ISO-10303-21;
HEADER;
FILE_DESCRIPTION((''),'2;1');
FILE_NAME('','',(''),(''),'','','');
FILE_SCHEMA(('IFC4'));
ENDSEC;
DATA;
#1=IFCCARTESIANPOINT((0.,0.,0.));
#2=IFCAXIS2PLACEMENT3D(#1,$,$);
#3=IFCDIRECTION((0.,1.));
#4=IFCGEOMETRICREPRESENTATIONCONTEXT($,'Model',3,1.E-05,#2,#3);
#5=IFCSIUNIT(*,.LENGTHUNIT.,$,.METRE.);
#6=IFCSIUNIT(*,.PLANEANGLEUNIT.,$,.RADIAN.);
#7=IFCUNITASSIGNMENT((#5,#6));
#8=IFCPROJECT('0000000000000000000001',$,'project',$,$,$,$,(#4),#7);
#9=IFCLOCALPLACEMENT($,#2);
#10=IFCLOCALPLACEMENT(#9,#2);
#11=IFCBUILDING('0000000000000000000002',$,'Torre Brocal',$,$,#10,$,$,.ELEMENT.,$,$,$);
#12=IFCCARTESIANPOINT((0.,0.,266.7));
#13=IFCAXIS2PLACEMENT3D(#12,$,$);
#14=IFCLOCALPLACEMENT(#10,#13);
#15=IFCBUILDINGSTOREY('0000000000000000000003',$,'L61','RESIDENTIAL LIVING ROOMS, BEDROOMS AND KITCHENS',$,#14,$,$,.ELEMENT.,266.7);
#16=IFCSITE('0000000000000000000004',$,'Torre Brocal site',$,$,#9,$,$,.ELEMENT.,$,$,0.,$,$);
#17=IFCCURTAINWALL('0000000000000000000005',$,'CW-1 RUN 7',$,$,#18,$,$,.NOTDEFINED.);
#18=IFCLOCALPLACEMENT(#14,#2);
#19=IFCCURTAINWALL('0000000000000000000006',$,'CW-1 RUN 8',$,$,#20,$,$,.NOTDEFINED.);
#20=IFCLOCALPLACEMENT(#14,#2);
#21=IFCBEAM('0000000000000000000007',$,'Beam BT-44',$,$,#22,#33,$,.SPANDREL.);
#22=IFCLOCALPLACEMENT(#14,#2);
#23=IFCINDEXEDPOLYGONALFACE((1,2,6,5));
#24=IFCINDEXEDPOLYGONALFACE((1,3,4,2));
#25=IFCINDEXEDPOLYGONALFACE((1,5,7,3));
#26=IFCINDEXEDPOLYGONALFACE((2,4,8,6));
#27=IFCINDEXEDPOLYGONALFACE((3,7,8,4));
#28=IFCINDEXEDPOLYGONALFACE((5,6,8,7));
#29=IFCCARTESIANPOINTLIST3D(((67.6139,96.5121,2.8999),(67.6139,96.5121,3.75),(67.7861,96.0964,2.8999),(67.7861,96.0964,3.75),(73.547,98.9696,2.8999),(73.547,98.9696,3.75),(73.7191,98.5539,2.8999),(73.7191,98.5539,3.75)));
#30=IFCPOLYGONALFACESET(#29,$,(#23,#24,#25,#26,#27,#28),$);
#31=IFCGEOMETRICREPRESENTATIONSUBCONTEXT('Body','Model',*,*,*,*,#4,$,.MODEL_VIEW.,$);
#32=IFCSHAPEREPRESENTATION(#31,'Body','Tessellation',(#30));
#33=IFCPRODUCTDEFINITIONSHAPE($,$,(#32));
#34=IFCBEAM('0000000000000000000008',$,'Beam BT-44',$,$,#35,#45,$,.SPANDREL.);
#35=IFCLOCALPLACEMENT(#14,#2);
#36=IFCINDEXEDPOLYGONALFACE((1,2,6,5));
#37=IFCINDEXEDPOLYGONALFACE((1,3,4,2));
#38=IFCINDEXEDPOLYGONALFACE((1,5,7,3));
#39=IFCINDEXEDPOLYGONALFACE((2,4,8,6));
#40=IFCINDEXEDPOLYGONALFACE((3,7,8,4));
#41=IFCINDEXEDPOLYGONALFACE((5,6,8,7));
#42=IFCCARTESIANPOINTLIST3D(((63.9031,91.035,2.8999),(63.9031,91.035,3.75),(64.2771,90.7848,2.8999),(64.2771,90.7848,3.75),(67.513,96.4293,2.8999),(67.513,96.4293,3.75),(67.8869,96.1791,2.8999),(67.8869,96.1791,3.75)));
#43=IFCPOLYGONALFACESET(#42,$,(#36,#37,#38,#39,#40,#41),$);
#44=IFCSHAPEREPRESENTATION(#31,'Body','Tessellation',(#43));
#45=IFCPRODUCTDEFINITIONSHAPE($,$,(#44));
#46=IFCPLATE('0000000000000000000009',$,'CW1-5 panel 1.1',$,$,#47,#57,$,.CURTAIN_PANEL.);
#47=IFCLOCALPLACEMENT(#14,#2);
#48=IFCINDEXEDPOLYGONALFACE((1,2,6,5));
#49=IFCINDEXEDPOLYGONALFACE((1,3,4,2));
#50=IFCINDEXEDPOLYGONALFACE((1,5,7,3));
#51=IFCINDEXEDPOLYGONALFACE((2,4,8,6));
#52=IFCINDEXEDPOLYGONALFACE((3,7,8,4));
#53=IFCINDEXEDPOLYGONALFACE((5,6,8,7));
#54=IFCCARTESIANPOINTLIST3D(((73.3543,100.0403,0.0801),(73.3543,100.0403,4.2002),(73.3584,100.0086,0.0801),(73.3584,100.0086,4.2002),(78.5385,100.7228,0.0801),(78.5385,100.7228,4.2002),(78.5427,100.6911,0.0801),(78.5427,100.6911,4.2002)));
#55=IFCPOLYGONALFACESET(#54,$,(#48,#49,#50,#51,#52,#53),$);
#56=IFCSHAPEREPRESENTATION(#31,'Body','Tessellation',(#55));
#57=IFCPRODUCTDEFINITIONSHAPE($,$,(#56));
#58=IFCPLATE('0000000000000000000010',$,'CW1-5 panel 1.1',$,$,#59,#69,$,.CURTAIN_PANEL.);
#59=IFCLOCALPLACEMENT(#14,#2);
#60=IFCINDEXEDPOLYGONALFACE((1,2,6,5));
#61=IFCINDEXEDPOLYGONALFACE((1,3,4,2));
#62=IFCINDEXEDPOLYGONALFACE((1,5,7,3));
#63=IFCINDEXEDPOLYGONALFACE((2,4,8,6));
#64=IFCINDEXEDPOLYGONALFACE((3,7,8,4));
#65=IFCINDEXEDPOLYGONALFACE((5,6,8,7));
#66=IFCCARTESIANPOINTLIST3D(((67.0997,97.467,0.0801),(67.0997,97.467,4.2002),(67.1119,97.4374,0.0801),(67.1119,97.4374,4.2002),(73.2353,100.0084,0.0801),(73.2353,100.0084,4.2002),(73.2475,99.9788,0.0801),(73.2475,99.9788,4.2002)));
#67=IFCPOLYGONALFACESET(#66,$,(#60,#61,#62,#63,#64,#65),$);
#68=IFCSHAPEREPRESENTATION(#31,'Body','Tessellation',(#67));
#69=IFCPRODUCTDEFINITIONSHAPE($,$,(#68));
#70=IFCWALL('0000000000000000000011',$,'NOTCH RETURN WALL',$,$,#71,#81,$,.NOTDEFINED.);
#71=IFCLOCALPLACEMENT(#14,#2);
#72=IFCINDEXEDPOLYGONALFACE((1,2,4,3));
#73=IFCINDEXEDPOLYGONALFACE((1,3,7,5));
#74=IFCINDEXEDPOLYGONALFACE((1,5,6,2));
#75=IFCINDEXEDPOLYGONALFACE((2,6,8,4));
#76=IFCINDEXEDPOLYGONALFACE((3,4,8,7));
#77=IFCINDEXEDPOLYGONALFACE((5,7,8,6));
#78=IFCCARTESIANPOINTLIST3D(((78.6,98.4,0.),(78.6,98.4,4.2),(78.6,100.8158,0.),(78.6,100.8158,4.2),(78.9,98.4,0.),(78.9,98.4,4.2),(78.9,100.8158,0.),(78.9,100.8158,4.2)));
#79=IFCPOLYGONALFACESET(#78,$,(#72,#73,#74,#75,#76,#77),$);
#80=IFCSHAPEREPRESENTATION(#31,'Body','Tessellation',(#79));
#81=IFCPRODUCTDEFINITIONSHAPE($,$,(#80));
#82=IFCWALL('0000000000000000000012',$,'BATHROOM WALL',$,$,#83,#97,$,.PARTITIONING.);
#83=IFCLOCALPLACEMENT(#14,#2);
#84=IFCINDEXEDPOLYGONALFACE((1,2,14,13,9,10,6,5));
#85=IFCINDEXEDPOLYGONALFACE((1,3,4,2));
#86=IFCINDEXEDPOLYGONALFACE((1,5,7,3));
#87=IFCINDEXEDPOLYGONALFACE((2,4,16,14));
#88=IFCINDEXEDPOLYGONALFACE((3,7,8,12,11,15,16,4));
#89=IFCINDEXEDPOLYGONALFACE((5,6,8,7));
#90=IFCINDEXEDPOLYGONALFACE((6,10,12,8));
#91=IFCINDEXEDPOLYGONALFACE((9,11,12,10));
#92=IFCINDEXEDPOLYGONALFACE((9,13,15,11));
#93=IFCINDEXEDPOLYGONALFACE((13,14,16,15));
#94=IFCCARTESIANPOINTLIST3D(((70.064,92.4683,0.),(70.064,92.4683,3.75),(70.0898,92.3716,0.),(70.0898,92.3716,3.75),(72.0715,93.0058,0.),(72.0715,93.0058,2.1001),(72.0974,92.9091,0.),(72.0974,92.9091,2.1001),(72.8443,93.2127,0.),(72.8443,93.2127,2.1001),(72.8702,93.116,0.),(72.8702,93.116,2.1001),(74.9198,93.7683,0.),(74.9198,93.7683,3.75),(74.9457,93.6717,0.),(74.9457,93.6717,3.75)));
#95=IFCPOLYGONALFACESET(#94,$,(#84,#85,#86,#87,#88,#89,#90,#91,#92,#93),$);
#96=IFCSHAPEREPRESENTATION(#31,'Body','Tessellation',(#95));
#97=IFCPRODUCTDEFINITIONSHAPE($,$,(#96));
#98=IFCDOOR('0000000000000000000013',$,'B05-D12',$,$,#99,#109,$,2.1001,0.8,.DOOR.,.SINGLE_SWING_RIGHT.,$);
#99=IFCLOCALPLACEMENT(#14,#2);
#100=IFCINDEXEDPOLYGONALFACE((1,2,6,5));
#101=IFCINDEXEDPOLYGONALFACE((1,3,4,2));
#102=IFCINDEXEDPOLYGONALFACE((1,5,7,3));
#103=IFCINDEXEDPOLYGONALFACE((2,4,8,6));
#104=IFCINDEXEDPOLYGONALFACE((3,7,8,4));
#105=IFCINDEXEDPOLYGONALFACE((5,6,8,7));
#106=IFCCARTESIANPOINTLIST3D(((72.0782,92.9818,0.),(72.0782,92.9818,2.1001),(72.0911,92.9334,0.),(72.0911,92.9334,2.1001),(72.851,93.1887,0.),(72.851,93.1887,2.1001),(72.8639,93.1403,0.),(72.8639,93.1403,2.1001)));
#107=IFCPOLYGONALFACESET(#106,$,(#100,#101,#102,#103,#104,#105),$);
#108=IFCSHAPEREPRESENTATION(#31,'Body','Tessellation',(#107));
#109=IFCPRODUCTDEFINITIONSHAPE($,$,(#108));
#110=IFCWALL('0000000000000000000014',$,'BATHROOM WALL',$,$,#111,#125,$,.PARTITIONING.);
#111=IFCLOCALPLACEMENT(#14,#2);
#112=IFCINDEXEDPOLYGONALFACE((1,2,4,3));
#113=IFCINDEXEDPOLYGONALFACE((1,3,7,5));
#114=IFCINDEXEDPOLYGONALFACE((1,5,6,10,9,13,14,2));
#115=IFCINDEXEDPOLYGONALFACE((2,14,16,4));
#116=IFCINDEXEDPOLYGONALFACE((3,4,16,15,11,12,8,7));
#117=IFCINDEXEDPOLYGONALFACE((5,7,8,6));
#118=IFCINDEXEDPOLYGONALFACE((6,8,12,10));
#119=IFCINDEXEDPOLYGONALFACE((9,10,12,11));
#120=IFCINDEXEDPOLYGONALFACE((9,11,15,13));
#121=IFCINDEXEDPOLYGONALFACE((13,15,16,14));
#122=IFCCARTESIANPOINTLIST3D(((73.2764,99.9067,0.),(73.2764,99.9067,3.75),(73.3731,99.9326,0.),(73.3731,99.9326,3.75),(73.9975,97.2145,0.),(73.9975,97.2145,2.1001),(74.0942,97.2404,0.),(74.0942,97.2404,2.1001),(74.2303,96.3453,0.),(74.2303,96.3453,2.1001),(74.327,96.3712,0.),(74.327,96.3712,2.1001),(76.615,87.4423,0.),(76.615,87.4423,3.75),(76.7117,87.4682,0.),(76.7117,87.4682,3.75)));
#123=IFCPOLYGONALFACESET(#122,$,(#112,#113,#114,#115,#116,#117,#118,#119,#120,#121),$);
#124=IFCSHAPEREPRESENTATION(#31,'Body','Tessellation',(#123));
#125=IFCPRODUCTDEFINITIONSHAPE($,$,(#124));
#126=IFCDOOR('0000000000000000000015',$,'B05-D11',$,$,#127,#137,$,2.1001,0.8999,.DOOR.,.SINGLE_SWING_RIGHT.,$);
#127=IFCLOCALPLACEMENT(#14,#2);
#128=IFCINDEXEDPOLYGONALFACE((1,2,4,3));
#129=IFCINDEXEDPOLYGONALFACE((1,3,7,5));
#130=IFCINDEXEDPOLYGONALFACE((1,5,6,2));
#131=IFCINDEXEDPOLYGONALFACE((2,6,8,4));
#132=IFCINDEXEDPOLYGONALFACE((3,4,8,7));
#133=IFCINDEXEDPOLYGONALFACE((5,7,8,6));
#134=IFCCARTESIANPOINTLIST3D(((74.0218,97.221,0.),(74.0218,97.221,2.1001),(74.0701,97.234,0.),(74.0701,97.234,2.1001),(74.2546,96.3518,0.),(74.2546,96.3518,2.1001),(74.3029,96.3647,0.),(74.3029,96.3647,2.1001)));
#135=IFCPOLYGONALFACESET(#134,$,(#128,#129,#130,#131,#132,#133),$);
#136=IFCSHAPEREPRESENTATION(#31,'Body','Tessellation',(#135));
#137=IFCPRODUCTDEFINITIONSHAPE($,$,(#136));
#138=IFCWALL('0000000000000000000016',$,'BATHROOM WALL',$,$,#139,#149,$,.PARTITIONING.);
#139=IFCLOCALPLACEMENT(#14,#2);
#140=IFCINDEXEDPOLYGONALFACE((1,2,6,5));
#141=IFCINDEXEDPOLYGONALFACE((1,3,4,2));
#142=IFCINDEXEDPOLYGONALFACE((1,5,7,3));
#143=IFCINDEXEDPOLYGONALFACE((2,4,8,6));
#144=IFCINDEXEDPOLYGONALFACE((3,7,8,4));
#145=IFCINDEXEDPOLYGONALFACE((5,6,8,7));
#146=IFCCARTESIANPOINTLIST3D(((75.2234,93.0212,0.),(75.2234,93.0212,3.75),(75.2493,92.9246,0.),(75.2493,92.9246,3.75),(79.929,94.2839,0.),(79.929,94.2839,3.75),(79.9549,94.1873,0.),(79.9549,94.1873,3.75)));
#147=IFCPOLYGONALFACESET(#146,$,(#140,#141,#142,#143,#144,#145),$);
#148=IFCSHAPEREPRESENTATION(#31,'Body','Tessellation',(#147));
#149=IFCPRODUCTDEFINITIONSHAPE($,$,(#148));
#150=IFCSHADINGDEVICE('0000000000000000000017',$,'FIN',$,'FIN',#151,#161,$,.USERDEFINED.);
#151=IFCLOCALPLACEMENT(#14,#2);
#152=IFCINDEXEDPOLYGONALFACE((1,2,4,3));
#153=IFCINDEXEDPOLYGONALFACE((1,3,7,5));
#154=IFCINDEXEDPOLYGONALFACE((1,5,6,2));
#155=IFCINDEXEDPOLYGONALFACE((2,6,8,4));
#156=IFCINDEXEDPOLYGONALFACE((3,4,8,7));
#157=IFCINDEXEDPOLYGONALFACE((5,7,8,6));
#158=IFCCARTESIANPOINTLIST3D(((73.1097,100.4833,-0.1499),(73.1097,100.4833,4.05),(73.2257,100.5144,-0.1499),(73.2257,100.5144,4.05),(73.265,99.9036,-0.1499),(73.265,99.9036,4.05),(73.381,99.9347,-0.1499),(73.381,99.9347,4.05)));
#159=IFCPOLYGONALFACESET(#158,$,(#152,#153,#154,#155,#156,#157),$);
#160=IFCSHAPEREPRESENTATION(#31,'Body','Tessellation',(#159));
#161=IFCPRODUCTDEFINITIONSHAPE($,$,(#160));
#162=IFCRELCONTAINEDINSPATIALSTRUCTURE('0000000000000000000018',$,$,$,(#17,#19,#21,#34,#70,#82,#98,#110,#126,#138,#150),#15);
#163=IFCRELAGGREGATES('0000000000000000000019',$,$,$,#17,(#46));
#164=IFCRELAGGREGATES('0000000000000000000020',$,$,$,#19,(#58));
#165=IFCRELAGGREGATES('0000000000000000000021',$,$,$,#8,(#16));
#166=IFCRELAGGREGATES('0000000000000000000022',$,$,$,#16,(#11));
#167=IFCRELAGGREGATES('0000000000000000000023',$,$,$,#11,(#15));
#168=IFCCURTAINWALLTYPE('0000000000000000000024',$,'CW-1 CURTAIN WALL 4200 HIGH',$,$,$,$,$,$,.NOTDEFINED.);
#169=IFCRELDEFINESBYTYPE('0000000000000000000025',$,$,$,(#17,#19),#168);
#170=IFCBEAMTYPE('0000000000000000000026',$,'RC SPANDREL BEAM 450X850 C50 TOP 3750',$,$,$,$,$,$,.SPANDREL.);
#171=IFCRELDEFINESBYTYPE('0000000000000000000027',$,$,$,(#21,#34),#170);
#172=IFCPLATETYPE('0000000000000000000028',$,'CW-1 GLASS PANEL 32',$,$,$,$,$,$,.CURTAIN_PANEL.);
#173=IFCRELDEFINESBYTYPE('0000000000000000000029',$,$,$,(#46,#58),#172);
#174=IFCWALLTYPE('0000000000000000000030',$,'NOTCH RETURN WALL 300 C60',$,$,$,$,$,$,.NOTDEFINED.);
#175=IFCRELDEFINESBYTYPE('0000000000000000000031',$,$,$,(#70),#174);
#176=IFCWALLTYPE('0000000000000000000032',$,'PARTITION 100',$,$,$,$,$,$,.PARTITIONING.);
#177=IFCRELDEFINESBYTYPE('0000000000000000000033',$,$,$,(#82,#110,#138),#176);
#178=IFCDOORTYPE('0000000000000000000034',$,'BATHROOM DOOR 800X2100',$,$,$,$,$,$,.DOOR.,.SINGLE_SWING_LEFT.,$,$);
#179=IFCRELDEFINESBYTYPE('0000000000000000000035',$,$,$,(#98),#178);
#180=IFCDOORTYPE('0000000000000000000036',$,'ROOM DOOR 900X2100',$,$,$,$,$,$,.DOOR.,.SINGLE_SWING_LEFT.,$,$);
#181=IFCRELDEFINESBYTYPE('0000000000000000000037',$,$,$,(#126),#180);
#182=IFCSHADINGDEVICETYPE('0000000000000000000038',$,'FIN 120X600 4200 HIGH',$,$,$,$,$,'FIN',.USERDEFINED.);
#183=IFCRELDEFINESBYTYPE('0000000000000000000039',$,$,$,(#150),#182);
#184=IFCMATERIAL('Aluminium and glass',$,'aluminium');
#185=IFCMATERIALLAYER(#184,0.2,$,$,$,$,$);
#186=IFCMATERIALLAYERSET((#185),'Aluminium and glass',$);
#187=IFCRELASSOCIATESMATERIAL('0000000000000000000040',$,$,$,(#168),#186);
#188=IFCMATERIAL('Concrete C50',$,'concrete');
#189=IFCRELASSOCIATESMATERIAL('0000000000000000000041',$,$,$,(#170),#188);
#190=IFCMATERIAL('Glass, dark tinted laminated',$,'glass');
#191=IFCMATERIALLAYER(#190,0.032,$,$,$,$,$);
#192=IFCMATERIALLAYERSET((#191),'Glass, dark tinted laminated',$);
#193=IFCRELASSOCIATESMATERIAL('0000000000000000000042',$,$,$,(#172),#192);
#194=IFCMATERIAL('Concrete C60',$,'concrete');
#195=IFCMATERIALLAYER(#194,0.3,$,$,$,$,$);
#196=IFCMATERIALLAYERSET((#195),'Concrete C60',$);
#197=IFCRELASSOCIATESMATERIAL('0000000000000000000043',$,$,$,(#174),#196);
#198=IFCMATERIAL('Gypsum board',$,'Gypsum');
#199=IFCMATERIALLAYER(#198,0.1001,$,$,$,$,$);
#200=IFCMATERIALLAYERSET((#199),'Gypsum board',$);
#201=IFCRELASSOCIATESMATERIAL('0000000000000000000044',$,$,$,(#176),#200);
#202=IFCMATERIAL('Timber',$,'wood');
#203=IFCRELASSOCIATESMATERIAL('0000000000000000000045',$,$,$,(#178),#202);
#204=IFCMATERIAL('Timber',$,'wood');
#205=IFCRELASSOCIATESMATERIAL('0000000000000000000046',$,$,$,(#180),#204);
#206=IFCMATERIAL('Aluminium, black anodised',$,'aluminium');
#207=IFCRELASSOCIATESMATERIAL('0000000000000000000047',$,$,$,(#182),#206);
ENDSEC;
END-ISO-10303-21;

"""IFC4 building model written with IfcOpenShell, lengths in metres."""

from ifc_helpers import new_model, si_unit, direction, frame, frame_2d, origin, origin_2d, place, context, subcontext, project, spatial, rectangle, extrude, material, layer, layer_set, material_profile, profile_set, type_object, element, fill, aggregate, save


model = new_model("IFC4")

# Units and contexts
model_context = context("Model", 3, precision=1e-05, world=origin(), true_north=direction((0.0, 1.0)))
body_context = subcontext(model_context, "Body", "Model", "MODEL_VIEW")
ifc_project = project(units=[si_unit("LENGTHUNIT", "METRE"), si_unit("PLANEANGLEUNIT", "RADIAN")], contexts=[model_context])

# Site, building, storey
site_placement = place(None, origin())
site = spatial("IfcSite", under=ifc_project, at=site_placement, Name="Torre Brocal site", CompositionType="ELEMENT", RefElevation=0.0)
building_placement = place(site_placement, origin())
building = spatial("IfcBuilding", under=site, at=building_placement, Name="Torre Brocal", CompositionType="ELEMENT")
storey_placement = place(building_placement, frame((0.0, 0.0, 266.7)))
storey = spatial("IfcBuildingStorey", under=building, at=storey_placement, Name="L61", Description="RESIDENTIAL LIVING ROOMS, BEDROOMS AND KITCHENS", CompositionType="ELEMENT", Elevation=266.7)

# Curtain wall
ifc_material_1 = material(Name="Aluminium and glass", Category="aluminium")
ifc_layer_1 = layer(ifc_material_1, 0.2)
ifc_layer_set_1 = layer_set([ifc_layer_1], Name="Aluminium and glass")
curtain_wall_type = type_object("IfcCurtainWallType", Name="CW-1 CURTAIN WALL 4200 HIGH", PredefinedType="NOTDEFINED", material=ifc_layer_set_1)
curtain_wall_1_placement = place(storey_placement, origin())
curtain_wall_1 = element("IfcCurtainWall", 1, at=curtain_wall_1_placement, inside=storey, type_object=curtain_wall_type, Name="CW-1 RUN 7", PredefinedType="NOTDEFINED")

# Curtain wall
curtain_wall_2_placement = place(storey_placement, origin())
curtain_wall_2 = element("IfcCurtainWall", 2, at=curtain_wall_2_placement, inside=storey, type_object=curtain_wall_type, Name="CW-1 RUN 8", PredefinedType="NOTDEFINED")

# Beams
ifc_material_2 = material(Name="Concrete C50", Category="concrete")
ifc_material_profile_1 = material_profile(ifc_material_2, rectangle(XDim=0.45, YDim=0.8501, at=origin_2d()), Name="RC 450X850")
ifc_profile_set_1 = profile_set([ifc_material_profile_1], Name="Concrete C50")
beam_type_1 = type_object("IfcBeamType", Name="RC SPANDREL BEAM 450X850 C50 TOP 3750", PredefinedType="SPANDREL", material=ifc_profile_set_1)
beam_1_placement = place(storey_placement, frame((73.6331, 98.7617, 3.325), z_axis=(-0.923882, -0.382676, 0.0), x_axis=(0.382676, -0.923882, 0.0)))
element("IfcBeam", 3, at=beam_1_placement, inside=storey, type_object=beam_type_1, Name="Beam BT-44", PredefinedType="SPANDREL", context=body_context, shape_type="SweptSolid", body=[
    extrude(rectangle(XDim=0.45, YDim=0.8501, at=origin_2d()), origin(), (0.0, 0.0, 1.0), 6.4219),
])
beam_2_placement = place(storey_placement, frame((67.7, 96.3042, 3.325), z_axis=(-0.556158, -0.831077, 0.0), x_axis=(0.831077, -0.556158, 0.0)))
element("IfcBeam", 4, at=beam_2_placement, inside=storey, type_object=beam_type_1, Name="Beam BT-44", PredefinedType="SPANDREL", context=body_context, shape_type="SweptSolid", body=[
    extrude(rectangle(XDim=0.45, YDim=0.8501, at=origin_2d()), origin(), (0.0, 0.0, 1.0), 6.4907),
])

# Plates
ifc_material_3 = material(Name="Glass, dark tinted laminated", Category="glass")
ifc_layer_2 = layer(ifc_material_3, 0.032)
ifc_layer_set_2 = layer_set([ifc_layer_2], Name="Glass, dark tinted laminated")
plate_type = type_object("IfcPlateType", Name="CW-1 GLASS PANEL 32", PredefinedType="CURTAIN_PANEL", material=ifc_layer_set_2)
plate_1_placement = place(storey_placement, frame((75.9485, 100.3657, 0.0801), z_axis=(0.0, 0.0, 1.0), x_axis=(-0.991445, -0.130526, 0.0)))
plate_1 = element("IfcPlate", 5, at=plate_1_placement, type_object=plate_type, Name="CW1-5 panel 1.1", PredefinedType="CURTAIN_PANEL", context=body_context, shape_type="SweptSolid", body=[
    extrude(rectangle(XDim=5.229, YDim=0.032, at=origin_2d()), origin(), (0.0, 0.0, 1.0), 4.1201),
])
aggregate(curtain_wall_1, [plate_1])
plate_2_placement = place(storey_placement, frame((70.1736, 98.7229, 0.0801), z_axis=(0.0, 0.0, 1.0), x_axis=(-0.92388, -0.382683, 0.0)))
plate_2 = element("IfcPlate", 6, at=plate_2_placement, type_object=plate_type, Name="CW1-5 panel 1.1", PredefinedType="CURTAIN_PANEL", context=body_context, shape_type="SweptSolid", body=[
    extrude(rectangle(XDim=6.6411, YDim=0.032, at=origin_2d()), origin(), (0.0, 0.0, 1.0), 4.1201),
])
aggregate(curtain_wall_2, [plate_2])

# Wall
ifc_material_4 = material(Name="Concrete C60", Category="concrete")
ifc_layer_3 = layer(ifc_material_4, 0.3)
ifc_layer_set_3 = layer_set([ifc_layer_3], Name="Concrete C60")
wall_type_1 = type_object("IfcWallType", Name="NOTCH RETURN WALL 300 C60", PredefinedType="NOTDEFINED", material=ifc_layer_set_3)
wall_1_placement = place(storey_placement, frame((78.75, 98.3999, 0.0), z_axis=(0.0, 0.0, 1.0), x_axis=(0.0, 1.0, 0.0)))
element("IfcWall", 7, at=wall_1_placement, inside=storey, type_object=wall_type_1, Name="NOTCH RETURN WALL", PredefinedType="NOTDEFINED", context=body_context, shape_type="SweptSolid", body=[
    extrude(rectangle(XDim=2.4158, YDim=0.3, at=frame_2d((1.208, 0.0))), origin(), (0.0, 0.0, 1.0), 4.2),
])

# Walls, openings, doors
ifc_material_5 = material(Name="Gypsum board", Category="Gypsum")
ifc_layer_4 = layer(ifc_material_5, 0.1001)
ifc_layer_set_4 = layer_set([ifc_layer_4], Name="Gypsum board")
wall_type_2 = type_object("IfcWallType", Name="PARTITION 100", PredefinedType="PARTITIONING", material=ifc_layer_set_4)
wall_2_placement = place(storey_placement, frame((70.0769, 92.4199, 0.0), z_axis=(0.0, 0.0, 1.0), x_axis=(0.965977, 0.258627, 0.0)))
wall_2 = element("IfcWall", 8, at=wall_2_placement, inside=storey, type_object=wall_type_2, Name="BATHROOM WALL", PredefinedType="PARTITIONING", context=body_context, shape_type="SweptSolid", body=[
    extrude(rectangle(XDim=5.0269, YDim=0.1001, at=frame_2d((2.5134, 0.0))), origin(), (0.0, 0.0, 1.0), 3.75),
])
opening_1_placement = place(wall_2_placement, frame((2.0784, 0.0, 0.0)))
opening_1 = element("IfcOpeningElement", 9, at=opening_1_placement, cuts=wall_2, PredefinedType="OPENING", context=body_context, shape_type="SweptSolid", body=[
    extrude(rectangle(XDim=0.8, YDim=2.1001, at=frame_2d((0.3999, 1.05))), frame((0.0, 0.0601, 0.0), z_axis=(0.0, -1.0, 0.0), x_axis=(1.0, 0.0, 0.0)), (0.0, 0.0, 1.0), 0.1201),
])
ifc_material_6 = material(Name="Timber", Category="wood")
door_type_1 = type_object("IfcDoorType", Name="BATHROOM DOOR 800X2100", OperationType="SINGLE_SWING_LEFT", PredefinedType="DOOR", material=ifc_material_6)
door_1_placement = place(opening_1_placement, frame((0.8, 0.0, 0.0), z_axis=(0.0, 0.0, 1.0), x_axis=(-1.0, 0.0, 0.0)))
door_1 = element("IfcDoor", 10, at=door_1_placement, inside=storey, type_object=door_type_1, Name="B05-D12", OperationType="SINGLE_SWING_RIGHT", OverallHeight=2.1001, OverallWidth=0.8, PredefinedType="DOOR", context=body_context, shape_type="SweptSolid", body=[
    extrude(rectangle(XDim=0.8, YDim=2.1001, at=frame_2d((0.3999, 1.05))), frame((0.0, 0.0249, 0.0), z_axis=(0.0, -1.0, 0.0), x_axis=(1.0, 0.0, 0.0)), (0.0, 0.0, 1.0), 0.05),
])
fill(opening_1, door_1)
wall_3_placement = place(storey_placement, frame((73.3247, 99.9197, 0.0), z_axis=(0.0, 0.0, 1.0), x_axis=(0.258733, -0.965949, 0.0)))
wall_3 = element("IfcWall", 11, at=wall_3_placement, inside=storey, type_object=wall_type_2, Name="BATHROOM WALL", PredefinedType="PARTITIONING", context=body_context, shape_type="SweptSolid", body=[
    extrude(rectangle(XDim=12.9038, YDim=0.1001, at=frame_2d((6.4519, 0.0))), origin(), (0.0, 0.0, 1.0), 3.75),
])
opening_2_placement = place(wall_3_placement, frame((2.7871, 0.0, 0.0)))
opening_2 = element("IfcOpeningElement", 12, at=opening_2_placement, cuts=wall_3, PredefinedType="OPENING", context=body_context, shape_type="SweptSolid", body=[
    extrude(rectangle(XDim=0.8999, YDim=2.1001, at=frame_2d((0.45, 1.05))), frame((0.0, 0.0601, 0.0), z_axis=(0.0, -1.0, 0.0), x_axis=(1.0, 0.0, 0.0)), (0.0, 0.0, 1.0), 0.1201),
])
ifc_material_7 = material(Name="Timber", Category="wood")
door_type_2 = type_object("IfcDoorType", Name="ROOM DOOR 900X2100", OperationType="SINGLE_SWING_LEFT", PredefinedType="DOOR", material=ifc_material_7)
door_2_placement = place(opening_2_placement, frame((0.8999, 0.0, 0.0), z_axis=(0.0, 0.0, 1.0), x_axis=(-1.0, 0.0, 0.0)))
door_2 = element("IfcDoor", 13, at=door_2_placement, inside=storey, type_object=door_type_2, Name="B05-D11", OperationType="SINGLE_SWING_RIGHT", OverallHeight=2.1001, OverallWidth=0.8999, PredefinedType="DOOR", context=body_context, shape_type="SweptSolid", body=[
    extrude(rectangle(XDim=0.8999, YDim=2.1001, at=frame_2d((0.45, 1.05))), frame((0.0, 0.0249, 0.0), z_axis=(0.0, -1.0, 0.0), x_axis=(1.0, 0.0, 0.0)), (0.0, 0.0, 1.0), 0.05),
])
fill(opening_2, door_2)

# Wall
wall_4_placement = place(storey_placement, frame((75.2363, 92.9729, 0.0), z_axis=(0.0, 0.0, 1.0), x_axis=(0.965831, 0.259172, 0.0)))
element("IfcWall", 14, at=wall_4_placement, inside=storey, type_object=wall_type_2, Name="BATHROOM WALL", PredefinedType="PARTITIONING", context=body_context, shape_type="SweptSolid", body=[
    extrude(rectangle(XDim=4.8721, YDim=0.1001, at=frame_2d((2.436, 0.0))), origin(), (0.0, 0.0, 1.0), 3.75),
])

# Shading device
ifc_material_8 = material(Name="Aluminium, black anodised", Category="aluminium")
ifc_material_profile_2 = material_profile(ifc_material_8, rectangle(XDim=0.1201, YDim=0.6001, at=origin_2d()), Name="FIN 120X600 4200 HIGH")
ifc_profile_set_2 = profile_set([ifc_material_profile_2], Name="Aluminium, black anodised")
shading_device_type = type_object("IfcShadingDeviceType", Name="FIN 120X600 4200 HIGH", ElementType="FIN", PredefinedType="USERDEFINED", material=ifc_profile_set_2)
shading_device_placement = place(storey_placement, frame((73.2454, 100.209, -0.1499), z_axis=(0.0, 0.0, 1.0), x_axis=(-0.965926, -0.258819, 0.0)))
element("IfcShadingDevice", 15, at=shading_device_placement, inside=storey, type_object=shading_device_type, Name="FIN", ObjectType="FIN", PredefinedType="USERDEFINED", context=body_context, shape_type="SweptSolid", body=[
    extrude(rectangle(XDim=0.1201, YDim=0.6001, at=origin_2d()), origin(), (0.0, 0.0, 1.0), 4.2),
])

save(model, "model.ifc")
